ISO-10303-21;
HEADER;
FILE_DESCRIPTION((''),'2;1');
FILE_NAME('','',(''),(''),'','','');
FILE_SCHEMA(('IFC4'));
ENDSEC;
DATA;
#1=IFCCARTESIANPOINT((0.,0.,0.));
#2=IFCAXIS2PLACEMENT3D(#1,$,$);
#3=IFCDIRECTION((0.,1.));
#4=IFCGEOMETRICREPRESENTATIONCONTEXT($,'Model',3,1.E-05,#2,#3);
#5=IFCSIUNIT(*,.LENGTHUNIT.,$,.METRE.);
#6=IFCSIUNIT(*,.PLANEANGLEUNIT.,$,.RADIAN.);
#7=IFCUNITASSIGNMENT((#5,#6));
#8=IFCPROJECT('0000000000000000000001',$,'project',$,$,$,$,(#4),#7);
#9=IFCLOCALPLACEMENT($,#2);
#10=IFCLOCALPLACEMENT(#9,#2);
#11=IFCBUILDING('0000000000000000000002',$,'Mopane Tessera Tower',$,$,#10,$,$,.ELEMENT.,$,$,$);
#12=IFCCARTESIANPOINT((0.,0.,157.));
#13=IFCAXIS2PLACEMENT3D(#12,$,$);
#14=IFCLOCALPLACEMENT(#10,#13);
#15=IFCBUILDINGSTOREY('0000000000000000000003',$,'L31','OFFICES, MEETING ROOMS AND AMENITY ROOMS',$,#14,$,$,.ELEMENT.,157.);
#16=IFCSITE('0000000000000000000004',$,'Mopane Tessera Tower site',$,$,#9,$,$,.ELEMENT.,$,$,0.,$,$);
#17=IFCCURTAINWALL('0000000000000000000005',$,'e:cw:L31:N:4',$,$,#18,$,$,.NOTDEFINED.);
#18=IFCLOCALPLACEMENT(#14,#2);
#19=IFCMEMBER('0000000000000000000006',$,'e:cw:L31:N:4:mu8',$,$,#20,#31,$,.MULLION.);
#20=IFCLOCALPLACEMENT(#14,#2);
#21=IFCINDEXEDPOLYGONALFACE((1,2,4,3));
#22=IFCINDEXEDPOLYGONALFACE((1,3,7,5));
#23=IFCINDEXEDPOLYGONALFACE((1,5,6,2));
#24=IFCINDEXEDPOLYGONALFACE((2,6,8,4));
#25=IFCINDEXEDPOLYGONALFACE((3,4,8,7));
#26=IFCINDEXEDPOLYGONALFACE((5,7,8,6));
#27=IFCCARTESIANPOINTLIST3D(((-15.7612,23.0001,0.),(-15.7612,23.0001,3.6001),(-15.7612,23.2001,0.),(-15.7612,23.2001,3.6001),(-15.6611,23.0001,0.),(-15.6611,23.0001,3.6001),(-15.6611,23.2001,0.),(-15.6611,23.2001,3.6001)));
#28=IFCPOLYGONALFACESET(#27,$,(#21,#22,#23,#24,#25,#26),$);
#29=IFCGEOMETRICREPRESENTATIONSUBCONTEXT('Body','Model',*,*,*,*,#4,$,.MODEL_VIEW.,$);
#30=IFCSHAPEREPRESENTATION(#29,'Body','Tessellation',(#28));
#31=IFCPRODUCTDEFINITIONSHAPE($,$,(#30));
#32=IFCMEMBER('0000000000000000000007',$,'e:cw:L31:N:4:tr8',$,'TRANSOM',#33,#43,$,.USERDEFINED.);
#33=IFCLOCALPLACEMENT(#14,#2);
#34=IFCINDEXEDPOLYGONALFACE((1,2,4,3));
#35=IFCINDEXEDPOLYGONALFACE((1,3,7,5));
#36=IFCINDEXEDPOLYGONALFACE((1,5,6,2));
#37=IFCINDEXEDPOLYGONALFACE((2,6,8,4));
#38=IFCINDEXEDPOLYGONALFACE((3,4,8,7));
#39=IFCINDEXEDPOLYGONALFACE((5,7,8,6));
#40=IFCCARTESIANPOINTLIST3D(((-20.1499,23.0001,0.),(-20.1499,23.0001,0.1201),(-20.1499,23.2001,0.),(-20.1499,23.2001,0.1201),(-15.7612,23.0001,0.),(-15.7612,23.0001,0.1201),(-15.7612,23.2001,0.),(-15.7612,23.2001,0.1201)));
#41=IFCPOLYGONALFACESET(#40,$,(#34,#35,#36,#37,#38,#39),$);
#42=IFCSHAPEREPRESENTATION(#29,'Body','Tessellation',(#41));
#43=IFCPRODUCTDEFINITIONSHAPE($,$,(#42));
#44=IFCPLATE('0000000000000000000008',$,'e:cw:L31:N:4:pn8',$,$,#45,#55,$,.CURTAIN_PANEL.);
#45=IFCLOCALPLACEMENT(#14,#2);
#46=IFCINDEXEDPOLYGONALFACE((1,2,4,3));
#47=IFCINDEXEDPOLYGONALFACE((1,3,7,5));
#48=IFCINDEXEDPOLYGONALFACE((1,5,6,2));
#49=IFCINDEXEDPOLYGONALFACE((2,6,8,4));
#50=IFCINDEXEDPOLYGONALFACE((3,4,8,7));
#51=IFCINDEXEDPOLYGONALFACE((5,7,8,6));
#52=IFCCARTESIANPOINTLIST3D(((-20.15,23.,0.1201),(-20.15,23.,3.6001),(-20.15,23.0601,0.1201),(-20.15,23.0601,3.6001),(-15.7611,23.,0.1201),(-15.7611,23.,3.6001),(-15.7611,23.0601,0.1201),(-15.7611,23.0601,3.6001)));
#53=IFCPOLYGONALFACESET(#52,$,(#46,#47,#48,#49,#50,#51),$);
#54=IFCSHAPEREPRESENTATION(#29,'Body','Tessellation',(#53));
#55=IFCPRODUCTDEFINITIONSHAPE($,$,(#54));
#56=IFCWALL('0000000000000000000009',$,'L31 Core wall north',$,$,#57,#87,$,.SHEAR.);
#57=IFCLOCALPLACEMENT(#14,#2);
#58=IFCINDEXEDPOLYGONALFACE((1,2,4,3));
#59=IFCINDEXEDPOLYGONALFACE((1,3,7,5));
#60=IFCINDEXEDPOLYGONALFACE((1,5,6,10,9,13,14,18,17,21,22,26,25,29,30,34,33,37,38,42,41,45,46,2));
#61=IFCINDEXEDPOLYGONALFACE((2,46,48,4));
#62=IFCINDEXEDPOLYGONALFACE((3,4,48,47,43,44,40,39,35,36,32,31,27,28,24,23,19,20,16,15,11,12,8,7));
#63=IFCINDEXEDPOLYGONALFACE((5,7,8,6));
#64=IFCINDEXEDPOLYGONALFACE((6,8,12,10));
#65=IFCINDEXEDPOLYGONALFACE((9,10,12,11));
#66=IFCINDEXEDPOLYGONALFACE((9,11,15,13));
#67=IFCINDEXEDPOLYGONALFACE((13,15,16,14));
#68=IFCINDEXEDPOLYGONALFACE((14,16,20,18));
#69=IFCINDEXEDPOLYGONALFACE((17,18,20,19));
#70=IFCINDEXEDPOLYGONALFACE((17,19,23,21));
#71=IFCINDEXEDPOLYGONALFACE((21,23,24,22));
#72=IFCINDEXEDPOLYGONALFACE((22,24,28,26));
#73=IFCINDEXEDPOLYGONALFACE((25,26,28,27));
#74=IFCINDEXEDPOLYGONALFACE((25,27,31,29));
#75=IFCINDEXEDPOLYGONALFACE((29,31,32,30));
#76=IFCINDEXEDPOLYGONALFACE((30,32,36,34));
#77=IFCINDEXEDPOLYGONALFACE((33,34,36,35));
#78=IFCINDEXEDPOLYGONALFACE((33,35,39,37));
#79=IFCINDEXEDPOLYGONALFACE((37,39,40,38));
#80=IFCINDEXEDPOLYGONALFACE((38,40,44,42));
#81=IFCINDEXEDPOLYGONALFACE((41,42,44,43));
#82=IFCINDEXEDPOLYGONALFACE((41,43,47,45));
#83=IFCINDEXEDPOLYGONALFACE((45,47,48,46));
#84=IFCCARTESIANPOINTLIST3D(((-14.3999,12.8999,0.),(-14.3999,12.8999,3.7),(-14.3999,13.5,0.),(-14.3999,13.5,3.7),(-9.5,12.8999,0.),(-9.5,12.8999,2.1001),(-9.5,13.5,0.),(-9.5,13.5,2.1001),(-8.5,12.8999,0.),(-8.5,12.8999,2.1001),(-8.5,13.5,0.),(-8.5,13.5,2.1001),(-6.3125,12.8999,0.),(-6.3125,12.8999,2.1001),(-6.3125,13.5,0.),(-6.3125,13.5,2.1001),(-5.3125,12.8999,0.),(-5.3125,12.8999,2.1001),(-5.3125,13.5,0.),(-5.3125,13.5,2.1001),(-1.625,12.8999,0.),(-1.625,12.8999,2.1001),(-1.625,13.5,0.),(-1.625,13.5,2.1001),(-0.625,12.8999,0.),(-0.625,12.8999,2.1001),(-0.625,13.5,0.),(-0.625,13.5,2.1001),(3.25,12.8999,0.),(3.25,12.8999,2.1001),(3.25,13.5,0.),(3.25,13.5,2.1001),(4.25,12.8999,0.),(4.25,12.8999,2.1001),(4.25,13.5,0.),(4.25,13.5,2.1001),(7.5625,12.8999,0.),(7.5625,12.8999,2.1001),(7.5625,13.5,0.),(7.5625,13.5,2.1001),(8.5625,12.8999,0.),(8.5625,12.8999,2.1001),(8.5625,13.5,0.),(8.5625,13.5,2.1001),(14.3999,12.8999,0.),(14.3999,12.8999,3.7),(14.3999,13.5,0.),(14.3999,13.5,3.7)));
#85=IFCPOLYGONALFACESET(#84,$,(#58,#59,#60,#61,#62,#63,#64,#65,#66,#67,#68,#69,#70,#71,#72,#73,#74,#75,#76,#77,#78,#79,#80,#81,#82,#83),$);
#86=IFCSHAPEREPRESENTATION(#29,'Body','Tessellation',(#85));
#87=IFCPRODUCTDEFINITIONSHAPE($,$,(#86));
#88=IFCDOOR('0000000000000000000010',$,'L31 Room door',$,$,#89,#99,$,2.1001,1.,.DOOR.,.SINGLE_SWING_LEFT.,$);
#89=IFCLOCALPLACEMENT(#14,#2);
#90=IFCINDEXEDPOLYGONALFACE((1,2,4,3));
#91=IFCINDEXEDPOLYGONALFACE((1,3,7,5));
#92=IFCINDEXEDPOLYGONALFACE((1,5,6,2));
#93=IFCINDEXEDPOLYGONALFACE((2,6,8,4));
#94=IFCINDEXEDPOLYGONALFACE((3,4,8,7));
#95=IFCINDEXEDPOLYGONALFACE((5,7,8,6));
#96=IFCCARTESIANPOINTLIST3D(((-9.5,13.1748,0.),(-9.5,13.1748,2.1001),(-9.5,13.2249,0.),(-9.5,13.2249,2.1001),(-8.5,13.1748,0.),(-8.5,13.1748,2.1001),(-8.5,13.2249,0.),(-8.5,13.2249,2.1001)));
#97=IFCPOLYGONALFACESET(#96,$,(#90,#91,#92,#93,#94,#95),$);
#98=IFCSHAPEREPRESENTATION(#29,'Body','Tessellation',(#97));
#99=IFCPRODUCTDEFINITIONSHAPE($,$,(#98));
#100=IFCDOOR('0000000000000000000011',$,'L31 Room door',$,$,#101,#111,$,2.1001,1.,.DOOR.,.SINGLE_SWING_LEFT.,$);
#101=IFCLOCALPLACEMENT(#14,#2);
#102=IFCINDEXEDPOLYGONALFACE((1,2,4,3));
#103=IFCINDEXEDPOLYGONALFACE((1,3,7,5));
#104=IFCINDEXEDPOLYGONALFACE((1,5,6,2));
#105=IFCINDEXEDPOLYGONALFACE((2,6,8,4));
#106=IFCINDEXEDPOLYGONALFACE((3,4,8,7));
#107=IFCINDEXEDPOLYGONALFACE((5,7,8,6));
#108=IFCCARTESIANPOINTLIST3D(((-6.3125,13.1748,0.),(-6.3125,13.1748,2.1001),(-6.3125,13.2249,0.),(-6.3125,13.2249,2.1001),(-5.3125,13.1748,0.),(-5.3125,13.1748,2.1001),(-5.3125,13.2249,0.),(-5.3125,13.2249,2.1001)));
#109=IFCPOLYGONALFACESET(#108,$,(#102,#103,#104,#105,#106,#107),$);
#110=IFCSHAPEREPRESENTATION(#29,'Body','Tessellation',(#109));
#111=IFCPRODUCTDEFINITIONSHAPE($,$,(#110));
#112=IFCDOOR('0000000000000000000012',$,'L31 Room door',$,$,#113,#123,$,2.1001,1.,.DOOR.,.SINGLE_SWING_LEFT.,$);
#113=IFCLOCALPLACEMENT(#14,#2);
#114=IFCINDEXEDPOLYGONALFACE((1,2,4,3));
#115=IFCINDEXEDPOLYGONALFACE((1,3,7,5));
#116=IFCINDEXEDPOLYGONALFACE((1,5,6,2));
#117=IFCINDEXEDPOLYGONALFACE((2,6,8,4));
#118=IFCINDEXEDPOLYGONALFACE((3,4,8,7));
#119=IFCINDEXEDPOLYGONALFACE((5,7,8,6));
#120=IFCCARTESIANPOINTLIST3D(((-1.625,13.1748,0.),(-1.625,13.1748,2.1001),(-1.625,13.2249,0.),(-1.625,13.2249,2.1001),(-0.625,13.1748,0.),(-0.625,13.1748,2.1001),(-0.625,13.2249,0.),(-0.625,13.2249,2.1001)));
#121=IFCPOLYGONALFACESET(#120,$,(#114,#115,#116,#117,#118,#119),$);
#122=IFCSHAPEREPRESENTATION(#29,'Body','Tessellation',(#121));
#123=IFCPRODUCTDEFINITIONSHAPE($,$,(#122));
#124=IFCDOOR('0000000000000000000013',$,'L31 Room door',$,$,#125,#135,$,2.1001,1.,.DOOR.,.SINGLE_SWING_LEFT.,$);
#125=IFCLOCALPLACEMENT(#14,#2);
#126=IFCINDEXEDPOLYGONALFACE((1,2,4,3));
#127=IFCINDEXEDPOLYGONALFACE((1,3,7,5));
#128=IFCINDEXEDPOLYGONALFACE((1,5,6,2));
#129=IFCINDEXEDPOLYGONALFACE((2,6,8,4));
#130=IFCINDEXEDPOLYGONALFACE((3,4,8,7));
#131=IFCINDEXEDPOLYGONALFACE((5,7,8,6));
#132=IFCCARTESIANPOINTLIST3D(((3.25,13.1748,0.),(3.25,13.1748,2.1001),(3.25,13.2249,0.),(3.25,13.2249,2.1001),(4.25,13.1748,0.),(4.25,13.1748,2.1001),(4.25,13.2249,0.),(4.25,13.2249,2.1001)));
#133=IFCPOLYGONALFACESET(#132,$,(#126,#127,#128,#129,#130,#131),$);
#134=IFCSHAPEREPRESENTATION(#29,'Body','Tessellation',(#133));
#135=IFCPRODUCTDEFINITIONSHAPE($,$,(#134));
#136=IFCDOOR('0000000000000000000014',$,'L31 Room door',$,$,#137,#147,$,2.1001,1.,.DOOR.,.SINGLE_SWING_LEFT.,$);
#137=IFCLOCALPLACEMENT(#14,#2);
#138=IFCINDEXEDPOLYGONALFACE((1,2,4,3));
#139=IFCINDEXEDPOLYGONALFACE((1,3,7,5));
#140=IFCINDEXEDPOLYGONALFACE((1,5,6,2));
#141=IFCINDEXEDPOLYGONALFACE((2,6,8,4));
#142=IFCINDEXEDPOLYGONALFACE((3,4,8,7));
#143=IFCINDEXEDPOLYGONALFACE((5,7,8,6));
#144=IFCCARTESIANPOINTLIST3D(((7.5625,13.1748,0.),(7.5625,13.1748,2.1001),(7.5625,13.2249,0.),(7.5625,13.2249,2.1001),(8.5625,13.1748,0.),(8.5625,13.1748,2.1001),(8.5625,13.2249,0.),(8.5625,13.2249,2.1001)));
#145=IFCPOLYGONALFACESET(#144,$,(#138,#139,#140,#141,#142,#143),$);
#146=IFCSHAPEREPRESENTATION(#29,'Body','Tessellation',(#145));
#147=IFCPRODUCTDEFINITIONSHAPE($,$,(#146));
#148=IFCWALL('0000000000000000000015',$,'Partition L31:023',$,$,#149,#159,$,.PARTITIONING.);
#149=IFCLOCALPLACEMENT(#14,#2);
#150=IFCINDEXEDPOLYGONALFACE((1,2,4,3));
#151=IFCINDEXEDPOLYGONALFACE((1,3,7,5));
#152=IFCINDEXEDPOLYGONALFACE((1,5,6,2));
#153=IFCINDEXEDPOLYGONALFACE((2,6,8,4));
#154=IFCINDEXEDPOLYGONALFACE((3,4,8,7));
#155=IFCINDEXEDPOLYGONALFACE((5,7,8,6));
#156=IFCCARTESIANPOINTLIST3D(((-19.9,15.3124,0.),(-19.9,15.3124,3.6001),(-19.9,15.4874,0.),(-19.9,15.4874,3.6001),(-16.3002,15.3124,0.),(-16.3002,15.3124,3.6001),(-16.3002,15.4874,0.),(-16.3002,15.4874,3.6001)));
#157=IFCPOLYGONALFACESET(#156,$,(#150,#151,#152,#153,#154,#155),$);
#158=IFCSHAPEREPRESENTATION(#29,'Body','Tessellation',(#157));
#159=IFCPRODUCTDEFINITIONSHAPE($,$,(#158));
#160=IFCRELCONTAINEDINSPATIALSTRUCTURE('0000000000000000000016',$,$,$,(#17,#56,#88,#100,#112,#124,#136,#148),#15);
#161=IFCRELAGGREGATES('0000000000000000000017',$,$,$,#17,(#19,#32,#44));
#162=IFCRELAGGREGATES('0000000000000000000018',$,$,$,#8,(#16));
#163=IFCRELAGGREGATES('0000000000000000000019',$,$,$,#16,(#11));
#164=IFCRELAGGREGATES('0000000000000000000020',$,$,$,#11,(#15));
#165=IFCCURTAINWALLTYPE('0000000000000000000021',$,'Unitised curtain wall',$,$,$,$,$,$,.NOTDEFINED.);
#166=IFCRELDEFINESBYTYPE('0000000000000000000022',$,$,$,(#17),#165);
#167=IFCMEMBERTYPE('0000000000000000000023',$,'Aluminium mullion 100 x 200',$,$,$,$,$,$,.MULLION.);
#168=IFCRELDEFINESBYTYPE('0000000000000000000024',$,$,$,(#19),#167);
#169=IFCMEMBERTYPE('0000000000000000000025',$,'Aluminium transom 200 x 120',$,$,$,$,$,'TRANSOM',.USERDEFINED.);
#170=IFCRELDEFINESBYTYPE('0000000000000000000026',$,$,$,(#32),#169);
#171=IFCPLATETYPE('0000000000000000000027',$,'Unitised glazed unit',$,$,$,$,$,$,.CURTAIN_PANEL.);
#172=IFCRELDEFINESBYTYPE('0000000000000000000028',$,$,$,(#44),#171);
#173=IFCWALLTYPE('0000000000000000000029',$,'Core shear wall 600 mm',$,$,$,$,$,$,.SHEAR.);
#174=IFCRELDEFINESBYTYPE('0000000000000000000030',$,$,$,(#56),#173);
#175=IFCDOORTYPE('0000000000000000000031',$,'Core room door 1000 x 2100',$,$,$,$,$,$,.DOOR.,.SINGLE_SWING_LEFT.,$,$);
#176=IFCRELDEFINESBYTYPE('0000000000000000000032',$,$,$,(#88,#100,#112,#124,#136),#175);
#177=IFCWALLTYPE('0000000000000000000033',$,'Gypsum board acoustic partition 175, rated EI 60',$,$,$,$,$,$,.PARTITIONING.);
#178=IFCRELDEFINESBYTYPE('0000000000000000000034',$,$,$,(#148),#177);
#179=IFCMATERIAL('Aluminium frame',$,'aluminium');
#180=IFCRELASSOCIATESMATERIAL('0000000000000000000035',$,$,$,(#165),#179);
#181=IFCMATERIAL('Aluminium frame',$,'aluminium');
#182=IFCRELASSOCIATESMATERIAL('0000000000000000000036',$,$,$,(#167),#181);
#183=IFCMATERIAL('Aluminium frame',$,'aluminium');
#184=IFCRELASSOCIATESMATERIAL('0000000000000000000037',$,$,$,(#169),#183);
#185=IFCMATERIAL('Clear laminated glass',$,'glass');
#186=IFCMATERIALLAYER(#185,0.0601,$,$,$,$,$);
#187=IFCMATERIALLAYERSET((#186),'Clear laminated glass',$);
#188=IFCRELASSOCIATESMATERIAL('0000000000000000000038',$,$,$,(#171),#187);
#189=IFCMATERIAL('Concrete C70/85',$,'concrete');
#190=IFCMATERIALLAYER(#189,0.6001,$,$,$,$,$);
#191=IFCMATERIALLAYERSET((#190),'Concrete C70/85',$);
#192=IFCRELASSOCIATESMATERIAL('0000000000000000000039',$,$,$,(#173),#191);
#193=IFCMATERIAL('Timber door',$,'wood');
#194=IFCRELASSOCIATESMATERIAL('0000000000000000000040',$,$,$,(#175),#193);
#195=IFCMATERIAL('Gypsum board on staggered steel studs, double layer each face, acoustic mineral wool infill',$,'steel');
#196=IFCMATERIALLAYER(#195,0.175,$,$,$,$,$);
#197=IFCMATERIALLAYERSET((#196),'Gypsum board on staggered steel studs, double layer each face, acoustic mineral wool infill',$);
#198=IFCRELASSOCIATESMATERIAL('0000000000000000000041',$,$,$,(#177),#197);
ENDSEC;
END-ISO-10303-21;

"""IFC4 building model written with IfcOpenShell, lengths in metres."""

from ifc_helpers import new_model, si_unit, direction, frame, frame_2d, origin, origin_2d, place, context, subcontext, project, spatial, rectangle, extrude, material, layer, layer_set, material_profile, profile_set, type_object, element, fill, aggregate, save


model = new_model("IFC4")

# Units and contexts
model_context = context("Model", 3, precision=1e-05, world=origin(), true_north=direction((0.0, 1.0)))
body_context = subcontext(model_context, "Body", "Model", "MODEL_VIEW")
ifc_project = project(units=[si_unit("LENGTHUNIT", "METRE"), si_unit("PLANEANGLEUNIT", "RADIAN")], contexts=[model_context])

# Site, building, storey
site_placement = place(None, origin())
site = spatial("IfcSite", under=ifc_project, at=site_placement, Name="Mopane Tessera Tower site", CompositionType="ELEMENT", RefElevation=0.0)
building_placement = place(site_placement, origin())
building = spatial("IfcBuilding", under=site, at=building_placement, Name="Mopane Tessera Tower", CompositionType="ELEMENT")
storey_placement = place(building_placement, frame((0.0, 0.0, 157.0)))
storey = spatial("IfcBuildingStorey", under=building, at=storey_placement, Name="L31", Description="OFFICES, MEETING ROOMS AND AMENITY ROOMS", CompositionType="ELEMENT", Elevation=157.0)

# Curtain wall, members, plate
ifc_material_1 = material(Name="Aluminium frame", Category="aluminium")
curtain_wall_type = type_object("IfcCurtainWallType", Name="Unitised curtain wall", PredefinedType="NOTDEFINED", material=ifc_material_1)
curtain_wall_placement = place(storey_placement, origin())
curtain_wall = element("IfcCurtainWall", 1, at=curtain_wall_placement, inside=storey, type_object=curtain_wall_type, Name="e:cw:L31:N:4", PredefinedType="NOTDEFINED")
ifc_material_2 = material(Name="Aluminium frame", Category="aluminium")
ifc_material_profile_1 = material_profile(ifc_material_2, rectangle(XDim=0.1001, YDim=0.2, at=origin_2d()))
ifc_profile_set_1 = profile_set([ifc_material_profile_1], Name="Aluminium frame")
member_type_1 = type_object("IfcMemberType", Name="Aluminium mullion 100 x 200", PredefinedType="MULLION", material=ifc_profile_set_1)
member_1_placement = place(storey_placement, frame((-15.7112, 23.1001, 0.0), z_axis=(0.0, 0.0, 1.0), x_axis=(-1.0, 0.0, 0.0)))
member_1 = element("IfcMember", 2, at=member_1_placement, type_object=member_type_1, Name="e:cw:L31:N:4:mu8", PredefinedType="MULLION", context=body_context, shape_type="SweptSolid", body=[
    extrude(rectangle(XDim=0.1001, YDim=0.2, at=origin_2d()), origin(), (0.0, 0.0, 1.0), 3.6001),
])
ifc_material_3 = material(Name="Aluminium frame", Category="aluminium")
ifc_material_profile_2 = material_profile(ifc_material_3, rectangle(XDim=0.2, YDim=0.1201, at=origin_2d()))
ifc_profile_set_2 = profile_set([ifc_material_profile_2], Name="Aluminium frame")
member_type_2 = type_object("IfcMemberType", Name="Aluminium transom 200 x 120", ElementType="TRANSOM", PredefinedType="USERDEFINED", material=ifc_profile_set_2)
member_2_placement = place(storey_placement, frame((-15.7612, 23.1001, 0.0601), z_axis=(-1.0, 0.0, 0.0), x_axis=(0.0, -1.0, 0.0)))
member_2 = element("IfcMember", 3, at=member_2_placement, type_object=member_type_2, Name="e:cw:L31:N:4:tr8", ObjectType="TRANSOM", PredefinedType="USERDEFINED", context=body_context, shape_type="SweptSolid", body=[
    extrude(rectangle(XDim=0.2, YDim=0.1201, at=origin_2d()), origin(), (0.0, 0.0, 1.0), 4.3887),
])
ifc_material_4 = material(Name="Clear laminated glass", Category="glass")
ifc_layer_1 = layer(ifc_material_4, 0.0601)
ifc_layer_set_1 = layer_set([ifc_layer_1], Name="Clear laminated glass")
plate_type = type_object("IfcPlateType", Name="Unitised glazed unit", PredefinedType="CURTAIN_PANEL", material=ifc_layer_set_1)
plate_placement = place(storey_placement, frame((-17.9556, 23.03, 0.1201), z_axis=(0.0, 0.0, 1.0), x_axis=(-1.0, 0.0, 0.0)))
plate = element("IfcPlate", 4, at=plate_placement, type_object=plate_type, Name="e:cw:L31:N:4:pn8", PredefinedType="CURTAIN_PANEL", context=body_context, shape_type="SweptSolid", body=[
    extrude(rectangle(XDim=4.3889, YDim=0.0601, at=origin_2d()), origin(), (0.0, 0.0, 1.0), 3.48),
])
aggregate(curtain_wall, [member_1, member_2, plate])

# Wall, openings, doors
ifc_material_5 = material(Name="Concrete C70/85", Category="concrete")
ifc_layer_2 = layer(ifc_material_5, 0.6001)
ifc_layer_set_2 = layer_set([ifc_layer_2], Name="Concrete C70/85")
wall_type_1 = type_object("IfcWallType", Name="Core shear wall 600 mm", PredefinedType="SHEAR", material=ifc_layer_set_2)
wall_1_placement = place(storey_placement, frame((-14.3999, 13.2, 0.0), z_axis=(0.0, 0.0, 1.0), x_axis=(1.0, 0.0, 0.0)))
wall_1 = element("IfcWall", 5, at=wall_1_placement, inside=storey, type_object=wall_type_1, Name="L31 Core wall north", PredefinedType="SHEAR", context=body_context, shape_type="SweptSolid", body=[
    extrude(rectangle(XDim=28.7998, YDim=0.6001, at=frame_2d((14.3999, 0.0))), origin(), (0.0, 0.0, 1.0), 3.7),
])
opening_1_placement = place(wall_1_placement, frame((4.8999, 0.0, 0.0)))
opening_1 = element("IfcOpeningElement", 6, at=opening_1_placement, cuts=wall_1, PredefinedType="OPENING", context=body_context, shape_type="SweptSolid", body=[
    extrude(rectangle(XDim=1.0, YDim=2.1001, at=frame_2d((0.5, 1.05))), frame((0.0, 0.312, 0.0), z_axis=(0.0, -1.0, 0.0), x_axis=(1.0, 0.0, 0.0)), (0.0, 0.0, 1.0), 0.624),
])
opening_2_placement = place(wall_1_placement, frame((8.0874, 0.0, 0.0)))
opening_2 = element("IfcOpeningElement", 7, at=opening_2_placement, cuts=wall_1, PredefinedType="OPENING", context=body_context, shape_type="SweptSolid", body=[
    extrude(rectangle(XDim=1.0, YDim=2.1001, at=frame_2d((0.5, 1.05))), frame((0.0, 0.312, 0.0), z_axis=(0.0, -1.0, 0.0), x_axis=(1.0, 0.0, 0.0)), (0.0, 0.0, 1.0), 0.624),
])
opening_3_placement = place(wall_1_placement, frame((12.7749, 0.0, 0.0)))
opening_3 = element("IfcOpeningElement", 8, at=opening_3_placement, cuts=wall_1, PredefinedType="OPENING", context=body_context, shape_type="SweptSolid", body=[
    extrude(rectangle(XDim=1.0, YDim=2.1001, at=frame_2d((0.5, 1.05))), frame((0.0, 0.312, 0.0), z_axis=(0.0, -1.0, 0.0), x_axis=(1.0, 0.0, 0.0)), (0.0, 0.0, 1.0), 0.624),
])
opening_4_placement = place(wall_1_placement, frame((17.6499, 0.0, 0.0)))
opening_4 = element("IfcOpeningElement", 9, at=opening_4_placement, cuts=wall_1, PredefinedType="OPENING", context=body_context, shape_type="SweptSolid", body=[
    extrude(rectangle(XDim=1.0, YDim=2.1001, at=frame_2d((0.5, 1.05))), frame((0.0, 0.312, 0.0), z_axis=(0.0, -1.0, 0.0), x_axis=(1.0, 0.0, 0.0)), (0.0, 0.0, 1.0), 0.624),
])
opening_5_placement = place(wall_1_placement, frame((21.9624, 0.0, 0.0)))
opening_5 = element("IfcOpeningElement", 10, at=opening_5_placement, cuts=wall_1, PredefinedType="OPENING", context=body_context, shape_type="SweptSolid", body=[
    extrude(rectangle(XDim=1.0, YDim=2.1001, at=frame_2d((0.5, 1.05))), frame((0.0, 0.312, 0.0), z_axis=(0.0, -1.0, 0.0), x_axis=(1.0, 0.0, 0.0)), (0.0, 0.0, 1.0), 0.624),
])
ifc_material_6 = material(Name="Timber door", Category="wood")
door_type_1 = type_object("IfcDoorType", Name="Core room door 1000 x 2100", OperationType="SINGLE_SWING_LEFT", PredefinedType="DOOR", material=ifc_material_6)
door_1_placement = place(opening_1_placement, origin())
door_1 = element("IfcDoor", 11, at=door_1_placement, inside=storey, type_object=door_type_1, Name="L31 Room door", OperationType="SINGLE_SWING_LEFT", OverallHeight=2.1001, OverallWidth=1.0, PredefinedType="DOOR", context=body_context, shape_type="SweptSolid", body=[
    extrude(rectangle(XDim=1.0, YDim=2.1001, at=frame_2d((0.5, 1.05))), frame((0.0, 0.0249, 0.0), z_axis=(0.0, -1.0, 0.0), x_axis=(1.0, 0.0, 0.0)), (0.0, 0.0, 1.0), 0.05),
])
fill(opening_1, door_1)
door_2_placement = place(opening_2_placement, origin())
door_2 = element("IfcDoor", 12, at=door_2_placement, inside=storey, type_object=door_type_1, Name="L31 Room door", OperationType="SINGLE_SWING_LEFT", OverallHeight=2.1001, OverallWidth=1.0, PredefinedType="DOOR", context=body_context, shape_type="SweptSolid", body=[
    extrude(rectangle(XDim=1.0, YDim=2.1001, at=frame_2d((0.5, 1.05))), frame((0.0, 0.0249, 0.0), z_axis=(0.0, -1.0, 0.0), x_axis=(1.0, 0.0, 0.0)), (0.0, 0.0, 1.0), 0.05),
])
fill(opening_2, door_2)
door_3_placement = place(opening_3_placement, origin())
door_3 = element("IfcDoor", 13, at=door_3_placement, inside=storey, type_object=door_type_1, Name="L31 Room door", OperationType="SINGLE_SWING_LEFT", OverallHeight=2.1001, OverallWidth=1.0, PredefinedType="DOOR", context=body_context, shape_type="SweptSolid", body=[
    extrude(rectangle(XDim=1.0, YDim=2.1001, at=frame_2d((0.5, 1.05))), frame((0.0, 0.0249, 0.0), z_axis=(0.0, -1.0, 0.0), x_axis=(1.0, 0.0, 0.0)), (0.0, 0.0, 1.0), 0.05),
])
fill(opening_3, door_3)
door_4_placement = place(opening_4_placement, origin())
door_4 = element("IfcDoor", 14, at=door_4_placement, inside=storey, type_object=door_type_1, Name="L31 Room door", OperationType="SINGLE_SWING_LEFT", OverallHeight=2.1001, OverallWidth=1.0, PredefinedType="DOOR", context=body_context, shape_type="SweptSolid", body=[
    extrude(rectangle(XDim=1.0, YDim=2.1001, at=frame_2d((0.5, 1.05))), frame((0.0, 0.0249, 0.0), z_axis=(0.0, -1.0, 0.0), x_axis=(1.0, 0.0, 0.0)), (0.0, 0.0, 1.0), 0.05),
])
fill(opening_4, door_4)
door_5_placement = place(opening_5_placement, origin())
door_5 = element("IfcDoor", 15, at=door_5_placement, inside=storey, type_object=door_type_1, Name="L31 Room door", OperationType="SINGLE_SWING_LEFT", OverallHeight=2.1001, OverallWidth=1.0, PredefinedType="DOOR", context=body_context, shape_type="SweptSolid", body=[
    extrude(rectangle(XDim=1.0, YDim=2.1001, at=frame_2d((0.5, 1.05))), frame((0.0, 0.0249, 0.0), z_axis=(0.0, -1.0, 0.0), x_axis=(1.0, 0.0, 0.0)), (0.0, 0.0, 1.0), 0.05),
])
fill(opening_5, door_5)

# Wall
ifc_material_7 = material(Name="Gypsum board on staggered steel studs, double layer each face, acoustic mineral wool infill", Category="steel")
ifc_layer_3 = layer(ifc_material_7, 0.175)
ifc_layer_set_3 = layer_set([ifc_layer_3], Name="Gypsum board on staggered steel studs, double layer each face, acoustic mineral wool infill")
wall_type_2 = type_object("IfcWallType", Name="Gypsum board acoustic partition 175, rated EI 60", PredefinedType="PARTITIONING", material=ifc_layer_set_3)
wall_2_placement = place(storey_placement, frame((-19.8999, 15.3999, 0.0), z_axis=(0.0, 0.0, 1.0), x_axis=(1.0, 0.0, 0.0)))
element("IfcWall", 16, at=wall_2_placement, inside=storey, type_object=wall_type_2, Name="Partition L31:023", PredefinedType="PARTITIONING", context=body_context, shape_type="SweptSolid", body=[
    extrude(rectangle(XDim=3.5999, YDim=0.175, at=frame_2d((1.7998, 0.0))), origin(), (0.0, 0.0, 1.0), 3.6001),
])

save(model, "model.ifc")
